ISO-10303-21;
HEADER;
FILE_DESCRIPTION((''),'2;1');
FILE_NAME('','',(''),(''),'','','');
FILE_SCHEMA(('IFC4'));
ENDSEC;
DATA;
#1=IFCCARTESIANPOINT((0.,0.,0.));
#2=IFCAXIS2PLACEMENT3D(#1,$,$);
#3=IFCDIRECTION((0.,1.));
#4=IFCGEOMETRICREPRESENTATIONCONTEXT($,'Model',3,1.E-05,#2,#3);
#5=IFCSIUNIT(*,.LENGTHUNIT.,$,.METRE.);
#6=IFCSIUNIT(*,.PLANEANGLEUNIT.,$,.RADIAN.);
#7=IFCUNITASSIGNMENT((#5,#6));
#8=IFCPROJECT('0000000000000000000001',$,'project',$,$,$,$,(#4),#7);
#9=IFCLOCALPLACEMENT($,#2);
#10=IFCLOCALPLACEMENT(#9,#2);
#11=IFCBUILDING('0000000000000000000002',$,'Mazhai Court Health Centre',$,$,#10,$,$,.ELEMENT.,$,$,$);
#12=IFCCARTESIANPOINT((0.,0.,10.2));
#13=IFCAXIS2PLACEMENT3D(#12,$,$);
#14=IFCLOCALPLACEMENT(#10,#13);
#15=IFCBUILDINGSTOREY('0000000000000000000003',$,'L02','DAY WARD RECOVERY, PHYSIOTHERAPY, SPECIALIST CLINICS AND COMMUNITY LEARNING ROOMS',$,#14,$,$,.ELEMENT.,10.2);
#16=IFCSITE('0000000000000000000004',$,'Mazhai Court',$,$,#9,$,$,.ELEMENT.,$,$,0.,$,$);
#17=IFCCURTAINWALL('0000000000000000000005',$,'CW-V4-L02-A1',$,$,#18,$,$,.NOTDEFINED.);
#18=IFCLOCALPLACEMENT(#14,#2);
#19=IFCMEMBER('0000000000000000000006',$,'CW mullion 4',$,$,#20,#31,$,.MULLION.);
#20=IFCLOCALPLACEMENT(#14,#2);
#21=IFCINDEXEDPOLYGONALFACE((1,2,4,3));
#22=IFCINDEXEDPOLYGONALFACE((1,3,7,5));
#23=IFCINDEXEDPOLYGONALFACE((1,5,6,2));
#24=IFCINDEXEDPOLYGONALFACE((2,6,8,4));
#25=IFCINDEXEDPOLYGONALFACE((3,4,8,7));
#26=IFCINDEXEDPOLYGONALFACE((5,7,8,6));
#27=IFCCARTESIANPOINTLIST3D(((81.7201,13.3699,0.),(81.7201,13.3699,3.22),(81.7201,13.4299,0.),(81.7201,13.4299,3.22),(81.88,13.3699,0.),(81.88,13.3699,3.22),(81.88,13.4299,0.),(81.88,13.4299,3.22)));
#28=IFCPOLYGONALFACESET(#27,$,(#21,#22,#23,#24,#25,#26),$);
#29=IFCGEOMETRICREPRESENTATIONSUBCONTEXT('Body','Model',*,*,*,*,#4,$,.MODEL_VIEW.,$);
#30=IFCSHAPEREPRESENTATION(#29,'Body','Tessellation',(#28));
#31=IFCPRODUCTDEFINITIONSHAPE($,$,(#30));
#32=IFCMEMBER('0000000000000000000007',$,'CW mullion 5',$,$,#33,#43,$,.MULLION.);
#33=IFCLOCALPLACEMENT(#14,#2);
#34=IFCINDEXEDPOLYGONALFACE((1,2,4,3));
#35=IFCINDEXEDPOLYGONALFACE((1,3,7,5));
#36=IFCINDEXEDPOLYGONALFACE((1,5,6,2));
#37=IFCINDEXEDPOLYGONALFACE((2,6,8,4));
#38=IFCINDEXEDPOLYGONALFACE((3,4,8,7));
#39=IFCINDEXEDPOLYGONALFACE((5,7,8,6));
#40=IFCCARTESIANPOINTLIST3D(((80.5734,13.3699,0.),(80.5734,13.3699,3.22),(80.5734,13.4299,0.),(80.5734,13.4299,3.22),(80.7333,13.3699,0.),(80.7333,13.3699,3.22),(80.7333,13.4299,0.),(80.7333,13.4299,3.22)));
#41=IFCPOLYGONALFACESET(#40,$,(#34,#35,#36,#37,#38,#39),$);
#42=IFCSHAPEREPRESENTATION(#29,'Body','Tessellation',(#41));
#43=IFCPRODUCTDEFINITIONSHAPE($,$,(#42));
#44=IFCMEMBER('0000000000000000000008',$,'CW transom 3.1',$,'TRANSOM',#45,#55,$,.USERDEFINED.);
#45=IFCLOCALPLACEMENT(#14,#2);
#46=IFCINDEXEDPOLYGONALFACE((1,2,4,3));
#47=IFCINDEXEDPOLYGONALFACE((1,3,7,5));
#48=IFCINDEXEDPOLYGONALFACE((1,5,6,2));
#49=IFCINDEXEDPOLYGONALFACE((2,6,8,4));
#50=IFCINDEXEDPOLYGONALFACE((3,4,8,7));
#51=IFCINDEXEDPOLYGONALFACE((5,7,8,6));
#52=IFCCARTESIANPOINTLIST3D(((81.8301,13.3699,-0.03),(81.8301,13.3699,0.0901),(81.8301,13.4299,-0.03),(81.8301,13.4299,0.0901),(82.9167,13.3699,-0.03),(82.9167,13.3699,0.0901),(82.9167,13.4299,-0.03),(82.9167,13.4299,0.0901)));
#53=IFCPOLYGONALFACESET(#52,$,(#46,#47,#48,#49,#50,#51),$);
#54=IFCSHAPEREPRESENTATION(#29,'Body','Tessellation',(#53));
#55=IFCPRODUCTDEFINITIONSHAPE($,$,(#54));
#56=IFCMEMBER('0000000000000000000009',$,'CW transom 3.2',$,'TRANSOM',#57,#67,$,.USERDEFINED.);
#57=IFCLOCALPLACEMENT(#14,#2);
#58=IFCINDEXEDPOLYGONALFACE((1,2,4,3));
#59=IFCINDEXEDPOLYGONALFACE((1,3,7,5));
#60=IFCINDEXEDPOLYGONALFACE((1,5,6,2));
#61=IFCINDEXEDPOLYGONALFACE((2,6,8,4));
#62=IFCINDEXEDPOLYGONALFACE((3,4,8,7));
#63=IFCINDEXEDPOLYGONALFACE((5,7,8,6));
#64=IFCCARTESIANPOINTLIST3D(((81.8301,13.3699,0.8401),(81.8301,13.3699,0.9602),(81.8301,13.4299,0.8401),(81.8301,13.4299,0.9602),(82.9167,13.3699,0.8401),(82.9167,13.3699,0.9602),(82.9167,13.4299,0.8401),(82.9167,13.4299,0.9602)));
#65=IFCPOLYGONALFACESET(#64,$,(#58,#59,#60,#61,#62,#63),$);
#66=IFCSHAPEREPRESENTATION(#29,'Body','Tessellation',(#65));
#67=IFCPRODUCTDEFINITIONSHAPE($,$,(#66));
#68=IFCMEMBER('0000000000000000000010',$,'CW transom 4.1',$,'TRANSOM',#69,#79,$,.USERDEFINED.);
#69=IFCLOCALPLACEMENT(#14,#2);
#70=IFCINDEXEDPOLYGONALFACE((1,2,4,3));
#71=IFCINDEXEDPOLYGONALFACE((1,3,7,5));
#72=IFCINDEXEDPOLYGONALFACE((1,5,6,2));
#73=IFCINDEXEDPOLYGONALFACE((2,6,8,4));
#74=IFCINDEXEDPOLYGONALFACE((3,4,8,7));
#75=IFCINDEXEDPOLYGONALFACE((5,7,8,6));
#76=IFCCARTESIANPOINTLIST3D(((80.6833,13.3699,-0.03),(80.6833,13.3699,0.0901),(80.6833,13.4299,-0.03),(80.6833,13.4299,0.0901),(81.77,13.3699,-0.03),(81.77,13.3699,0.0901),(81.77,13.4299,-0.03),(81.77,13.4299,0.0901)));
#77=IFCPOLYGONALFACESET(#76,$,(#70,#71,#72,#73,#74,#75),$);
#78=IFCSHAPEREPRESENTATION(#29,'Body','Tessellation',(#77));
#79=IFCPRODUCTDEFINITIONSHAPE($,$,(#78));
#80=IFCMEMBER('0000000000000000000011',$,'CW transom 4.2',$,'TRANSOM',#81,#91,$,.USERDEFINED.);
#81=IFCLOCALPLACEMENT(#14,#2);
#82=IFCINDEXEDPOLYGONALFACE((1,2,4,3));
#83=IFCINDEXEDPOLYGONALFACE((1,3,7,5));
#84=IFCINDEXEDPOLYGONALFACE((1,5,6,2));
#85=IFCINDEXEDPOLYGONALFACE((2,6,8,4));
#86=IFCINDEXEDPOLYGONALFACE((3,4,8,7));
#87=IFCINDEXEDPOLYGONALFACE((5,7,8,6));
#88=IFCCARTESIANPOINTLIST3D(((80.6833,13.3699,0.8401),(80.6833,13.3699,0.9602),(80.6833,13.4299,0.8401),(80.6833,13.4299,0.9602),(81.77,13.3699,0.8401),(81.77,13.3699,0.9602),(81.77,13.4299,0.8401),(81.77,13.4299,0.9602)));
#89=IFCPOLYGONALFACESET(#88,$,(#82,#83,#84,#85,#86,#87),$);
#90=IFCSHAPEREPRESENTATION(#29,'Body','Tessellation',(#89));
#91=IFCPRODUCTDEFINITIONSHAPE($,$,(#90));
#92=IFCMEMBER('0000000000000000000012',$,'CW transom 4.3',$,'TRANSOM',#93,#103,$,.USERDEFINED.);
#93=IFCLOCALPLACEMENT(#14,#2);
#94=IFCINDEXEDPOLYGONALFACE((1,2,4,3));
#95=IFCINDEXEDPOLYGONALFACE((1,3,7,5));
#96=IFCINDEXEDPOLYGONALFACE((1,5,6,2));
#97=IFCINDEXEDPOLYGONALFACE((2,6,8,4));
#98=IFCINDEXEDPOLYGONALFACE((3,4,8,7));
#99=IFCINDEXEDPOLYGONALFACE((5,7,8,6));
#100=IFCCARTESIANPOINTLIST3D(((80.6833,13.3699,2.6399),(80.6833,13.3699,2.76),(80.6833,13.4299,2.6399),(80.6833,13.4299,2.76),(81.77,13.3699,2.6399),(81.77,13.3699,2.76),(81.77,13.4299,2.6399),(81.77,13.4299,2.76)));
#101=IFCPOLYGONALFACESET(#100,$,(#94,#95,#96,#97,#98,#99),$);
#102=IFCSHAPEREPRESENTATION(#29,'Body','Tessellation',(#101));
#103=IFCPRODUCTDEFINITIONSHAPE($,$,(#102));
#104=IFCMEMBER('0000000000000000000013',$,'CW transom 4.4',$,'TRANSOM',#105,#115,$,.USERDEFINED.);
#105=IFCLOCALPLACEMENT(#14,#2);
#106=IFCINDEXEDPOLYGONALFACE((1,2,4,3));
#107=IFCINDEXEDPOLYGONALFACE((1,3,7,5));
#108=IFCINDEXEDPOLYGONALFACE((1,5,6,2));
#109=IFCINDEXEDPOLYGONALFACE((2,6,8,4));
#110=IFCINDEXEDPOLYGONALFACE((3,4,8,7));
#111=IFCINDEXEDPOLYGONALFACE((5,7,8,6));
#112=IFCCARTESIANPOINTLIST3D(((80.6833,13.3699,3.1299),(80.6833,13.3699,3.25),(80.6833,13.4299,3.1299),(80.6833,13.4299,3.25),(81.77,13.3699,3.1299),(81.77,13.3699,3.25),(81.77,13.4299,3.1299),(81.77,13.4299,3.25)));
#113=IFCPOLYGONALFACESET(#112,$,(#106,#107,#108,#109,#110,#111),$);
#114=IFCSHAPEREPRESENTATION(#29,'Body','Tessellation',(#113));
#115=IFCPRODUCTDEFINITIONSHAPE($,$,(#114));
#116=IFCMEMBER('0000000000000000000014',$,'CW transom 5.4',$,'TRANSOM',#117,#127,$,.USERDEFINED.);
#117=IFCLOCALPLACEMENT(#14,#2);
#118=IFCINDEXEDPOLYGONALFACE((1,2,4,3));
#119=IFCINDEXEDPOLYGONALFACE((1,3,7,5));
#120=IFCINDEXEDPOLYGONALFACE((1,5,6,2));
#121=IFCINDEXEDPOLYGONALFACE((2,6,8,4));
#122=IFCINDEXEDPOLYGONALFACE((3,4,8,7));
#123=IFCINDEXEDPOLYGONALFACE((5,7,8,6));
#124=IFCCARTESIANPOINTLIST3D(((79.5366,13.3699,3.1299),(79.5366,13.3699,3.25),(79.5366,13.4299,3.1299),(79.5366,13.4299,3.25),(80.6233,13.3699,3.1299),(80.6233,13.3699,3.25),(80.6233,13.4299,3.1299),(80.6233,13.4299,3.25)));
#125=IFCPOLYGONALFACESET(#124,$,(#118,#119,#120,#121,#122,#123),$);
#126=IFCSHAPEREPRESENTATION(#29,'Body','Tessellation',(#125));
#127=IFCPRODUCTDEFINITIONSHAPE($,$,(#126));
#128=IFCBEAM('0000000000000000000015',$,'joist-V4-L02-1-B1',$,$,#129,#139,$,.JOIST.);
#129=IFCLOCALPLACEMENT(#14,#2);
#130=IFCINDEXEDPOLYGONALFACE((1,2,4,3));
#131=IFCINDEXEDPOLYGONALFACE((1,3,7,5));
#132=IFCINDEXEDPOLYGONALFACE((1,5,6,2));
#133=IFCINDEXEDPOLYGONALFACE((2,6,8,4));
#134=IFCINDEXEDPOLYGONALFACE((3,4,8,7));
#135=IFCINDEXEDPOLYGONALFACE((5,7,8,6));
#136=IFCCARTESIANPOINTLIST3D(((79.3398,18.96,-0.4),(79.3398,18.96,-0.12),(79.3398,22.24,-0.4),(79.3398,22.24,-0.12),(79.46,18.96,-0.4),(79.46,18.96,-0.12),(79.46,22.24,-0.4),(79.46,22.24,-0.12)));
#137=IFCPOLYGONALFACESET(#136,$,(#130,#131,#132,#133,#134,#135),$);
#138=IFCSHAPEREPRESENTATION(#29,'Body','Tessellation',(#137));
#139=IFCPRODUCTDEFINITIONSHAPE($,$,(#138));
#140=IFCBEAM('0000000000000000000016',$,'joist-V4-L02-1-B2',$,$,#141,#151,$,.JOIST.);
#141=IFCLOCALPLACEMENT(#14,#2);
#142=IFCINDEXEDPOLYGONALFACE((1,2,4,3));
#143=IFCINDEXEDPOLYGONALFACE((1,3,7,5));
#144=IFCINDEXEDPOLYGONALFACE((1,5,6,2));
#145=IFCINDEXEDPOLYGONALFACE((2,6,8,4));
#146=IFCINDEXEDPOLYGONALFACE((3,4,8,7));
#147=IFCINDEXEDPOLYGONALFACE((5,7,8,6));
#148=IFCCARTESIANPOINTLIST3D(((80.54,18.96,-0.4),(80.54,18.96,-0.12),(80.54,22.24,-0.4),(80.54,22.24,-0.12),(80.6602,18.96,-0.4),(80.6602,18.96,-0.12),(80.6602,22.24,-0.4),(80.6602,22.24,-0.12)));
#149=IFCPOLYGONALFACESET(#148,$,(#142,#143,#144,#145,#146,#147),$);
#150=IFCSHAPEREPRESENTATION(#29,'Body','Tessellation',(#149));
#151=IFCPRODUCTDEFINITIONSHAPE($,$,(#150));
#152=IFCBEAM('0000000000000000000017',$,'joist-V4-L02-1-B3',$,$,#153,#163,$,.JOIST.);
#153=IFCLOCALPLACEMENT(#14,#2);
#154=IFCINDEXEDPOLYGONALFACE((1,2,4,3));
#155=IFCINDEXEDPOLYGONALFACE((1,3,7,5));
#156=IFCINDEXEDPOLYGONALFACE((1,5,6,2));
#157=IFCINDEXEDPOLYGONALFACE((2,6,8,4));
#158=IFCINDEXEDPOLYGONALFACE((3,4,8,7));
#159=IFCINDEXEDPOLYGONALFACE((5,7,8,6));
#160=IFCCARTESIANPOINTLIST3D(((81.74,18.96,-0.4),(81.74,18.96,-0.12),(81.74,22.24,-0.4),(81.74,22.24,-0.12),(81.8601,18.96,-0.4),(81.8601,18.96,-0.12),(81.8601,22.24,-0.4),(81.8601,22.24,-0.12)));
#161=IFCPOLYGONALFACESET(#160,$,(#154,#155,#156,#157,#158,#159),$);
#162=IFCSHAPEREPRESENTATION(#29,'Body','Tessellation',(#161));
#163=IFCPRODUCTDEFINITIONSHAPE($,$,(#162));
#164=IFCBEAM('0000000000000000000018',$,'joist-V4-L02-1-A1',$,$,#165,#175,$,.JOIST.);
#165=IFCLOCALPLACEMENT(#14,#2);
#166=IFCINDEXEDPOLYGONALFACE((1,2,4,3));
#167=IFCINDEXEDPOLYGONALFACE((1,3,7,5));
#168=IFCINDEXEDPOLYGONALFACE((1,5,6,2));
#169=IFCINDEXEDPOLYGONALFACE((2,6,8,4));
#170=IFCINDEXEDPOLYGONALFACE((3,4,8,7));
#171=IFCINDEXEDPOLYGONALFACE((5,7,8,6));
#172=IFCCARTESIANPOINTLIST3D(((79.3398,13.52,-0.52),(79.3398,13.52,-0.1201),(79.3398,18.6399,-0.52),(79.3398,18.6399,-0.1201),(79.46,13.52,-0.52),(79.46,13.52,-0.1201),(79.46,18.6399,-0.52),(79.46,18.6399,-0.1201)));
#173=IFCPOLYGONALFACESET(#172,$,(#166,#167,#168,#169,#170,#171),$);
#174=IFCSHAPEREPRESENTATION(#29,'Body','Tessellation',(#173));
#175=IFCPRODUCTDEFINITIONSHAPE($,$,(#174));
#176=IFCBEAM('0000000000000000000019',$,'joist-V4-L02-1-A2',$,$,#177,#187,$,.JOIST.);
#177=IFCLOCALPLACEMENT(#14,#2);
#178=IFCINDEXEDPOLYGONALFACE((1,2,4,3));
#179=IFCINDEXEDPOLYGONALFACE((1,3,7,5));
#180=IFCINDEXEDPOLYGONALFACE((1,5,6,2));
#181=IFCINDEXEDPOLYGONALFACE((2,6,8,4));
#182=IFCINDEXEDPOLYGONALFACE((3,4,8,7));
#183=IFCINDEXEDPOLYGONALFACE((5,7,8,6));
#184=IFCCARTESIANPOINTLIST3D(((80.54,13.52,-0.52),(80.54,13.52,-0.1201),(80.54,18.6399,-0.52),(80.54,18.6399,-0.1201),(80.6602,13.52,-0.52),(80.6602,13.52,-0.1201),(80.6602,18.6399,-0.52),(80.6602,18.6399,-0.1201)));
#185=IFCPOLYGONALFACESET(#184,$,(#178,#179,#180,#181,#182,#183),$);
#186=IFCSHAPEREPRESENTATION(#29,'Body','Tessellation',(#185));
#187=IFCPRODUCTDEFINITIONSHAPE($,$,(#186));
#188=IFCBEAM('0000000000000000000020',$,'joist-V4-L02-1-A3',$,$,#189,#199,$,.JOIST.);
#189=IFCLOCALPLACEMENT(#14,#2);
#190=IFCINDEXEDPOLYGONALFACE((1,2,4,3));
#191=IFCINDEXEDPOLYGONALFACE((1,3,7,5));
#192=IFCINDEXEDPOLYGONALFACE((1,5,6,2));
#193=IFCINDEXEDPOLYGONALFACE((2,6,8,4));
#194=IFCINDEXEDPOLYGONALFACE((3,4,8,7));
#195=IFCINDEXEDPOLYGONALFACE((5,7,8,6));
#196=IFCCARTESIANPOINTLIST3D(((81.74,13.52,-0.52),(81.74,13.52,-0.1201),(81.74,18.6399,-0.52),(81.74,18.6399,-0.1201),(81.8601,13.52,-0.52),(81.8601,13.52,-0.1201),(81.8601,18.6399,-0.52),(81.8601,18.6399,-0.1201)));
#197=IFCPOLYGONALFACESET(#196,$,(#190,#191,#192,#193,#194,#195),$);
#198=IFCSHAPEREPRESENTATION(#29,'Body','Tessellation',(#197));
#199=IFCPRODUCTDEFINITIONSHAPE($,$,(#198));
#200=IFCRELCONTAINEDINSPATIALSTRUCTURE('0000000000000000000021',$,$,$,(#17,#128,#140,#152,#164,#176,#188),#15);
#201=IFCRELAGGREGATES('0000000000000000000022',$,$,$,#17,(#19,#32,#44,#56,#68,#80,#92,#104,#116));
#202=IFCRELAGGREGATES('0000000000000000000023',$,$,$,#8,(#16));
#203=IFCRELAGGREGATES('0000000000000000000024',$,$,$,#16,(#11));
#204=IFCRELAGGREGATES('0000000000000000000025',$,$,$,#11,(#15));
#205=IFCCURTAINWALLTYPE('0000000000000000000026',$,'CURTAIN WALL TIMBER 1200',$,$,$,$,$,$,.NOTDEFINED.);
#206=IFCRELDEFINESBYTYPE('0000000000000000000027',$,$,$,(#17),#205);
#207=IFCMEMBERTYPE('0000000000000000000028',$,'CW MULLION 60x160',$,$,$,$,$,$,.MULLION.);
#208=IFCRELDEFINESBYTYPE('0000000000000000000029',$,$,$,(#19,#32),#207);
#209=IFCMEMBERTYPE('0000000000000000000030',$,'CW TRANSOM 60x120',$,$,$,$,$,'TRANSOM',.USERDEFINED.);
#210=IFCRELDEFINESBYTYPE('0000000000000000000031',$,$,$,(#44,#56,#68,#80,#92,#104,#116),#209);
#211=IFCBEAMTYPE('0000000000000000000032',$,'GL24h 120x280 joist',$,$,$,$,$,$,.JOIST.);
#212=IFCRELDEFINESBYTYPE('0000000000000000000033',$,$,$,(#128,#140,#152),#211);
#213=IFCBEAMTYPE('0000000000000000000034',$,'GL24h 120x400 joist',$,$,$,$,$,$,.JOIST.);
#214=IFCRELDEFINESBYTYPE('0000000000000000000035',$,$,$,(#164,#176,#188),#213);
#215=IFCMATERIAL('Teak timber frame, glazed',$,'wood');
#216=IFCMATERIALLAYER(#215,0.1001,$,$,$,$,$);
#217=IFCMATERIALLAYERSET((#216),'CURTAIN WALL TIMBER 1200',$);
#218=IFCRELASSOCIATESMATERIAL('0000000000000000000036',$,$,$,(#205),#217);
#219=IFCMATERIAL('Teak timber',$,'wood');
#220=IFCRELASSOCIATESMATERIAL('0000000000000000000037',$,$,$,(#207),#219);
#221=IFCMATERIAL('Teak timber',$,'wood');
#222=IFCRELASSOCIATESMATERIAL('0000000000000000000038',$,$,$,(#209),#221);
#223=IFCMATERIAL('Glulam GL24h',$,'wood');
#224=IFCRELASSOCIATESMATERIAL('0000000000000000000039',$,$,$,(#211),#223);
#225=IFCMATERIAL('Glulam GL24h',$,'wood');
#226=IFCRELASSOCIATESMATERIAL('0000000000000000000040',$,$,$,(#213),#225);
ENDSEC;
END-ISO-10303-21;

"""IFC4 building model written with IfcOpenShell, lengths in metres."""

from ifc_helpers import new_model, si_unit, direction, frame, origin, origin_2d, place, context, subcontext, project, spatial, rectangle, extrude, material, layer, layer_set, material_profile, profile_set, type_object, element, aggregate, save


model = new_model("IFC4")

# Units and contexts
model_context = context("Model", 3, precision=1e-05, world=origin(), true_north=direction((0.0, 1.0)))
body_context = subcontext(model_context, "Body", "Model", "MODEL_VIEW")
ifc_project = project(units=[si_unit("LENGTHUNIT", "METRE"), si_unit("PLANEANGLEUNIT", "RADIAN")], contexts=[model_context])

# Site, building, storey
site_placement = place(None, origin())
site = spatial("IfcSite", under=ifc_project, at=site_placement, Name="Mazhai Court", CompositionType="ELEMENT", RefElevation=0.0)
building_placement = place(site_placement, origin())
building = spatial("IfcBuilding", under=site, at=building_placement, Name="Mazhai Court Health Centre", CompositionType="ELEMENT")
storey_placement = place(building_placement, frame((0.0, 0.0, 10.2)))
storey = spatial("IfcBuildingStorey", under=building, at=storey_placement, Name="L02", Description="DAY WARD RECOVERY, PHYSIOTHERAPY, SPECIALIST CLINICS AND COMMUNITY LEARNING ROOMS", CompositionType="ELEMENT", Elevation=10.2)

# Curtain wall, members
ifc_material_1 = material(Name="Teak timber frame, glazed", Category="wood")
ifc_layer_1 = layer(ifc_material_1, 0.1001)
ifc_layer_set_1 = layer_set([ifc_layer_1], Name="CURTAIN WALL TIMBER 1200")
curtain_wall_type = type_object("IfcCurtainWallType", Name="CURTAIN WALL TIMBER 1200", PredefinedType="NOTDEFINED", material=ifc_layer_set_1)
curtain_wall_placement = place(storey_placement, origin())
curtain_wall = element("IfcCurtainWall", 1, at=curtain_wall_placement, inside=storey, type_object=curtain_wall_type, Name="CW-V4-L02-A1", PredefinedType="NOTDEFINED")
ifc_material_2 = material(Name="Teak timber", Category="wood")
ifc_material_profile_1 = material_profile(ifc_material_2, rectangle(XDim=0.0601, YDim=0.1599, at=origin_2d()), Name="CW MULLION 60x160")
ifc_profile_set_1 = profile_set([ifc_material_profile_1], Name="Teak timber")
member_type_1 = type_object("IfcMemberType", Name="CW MULLION 60x160", PredefinedType="MULLION", material=ifc_profile_set_1)
member_1_placement = place(storey_placement, frame((81.8, 13.3999, 0.0), z_axis=(0.0, 0.0, 1.0), x_axis=(0.0, -1.0, 0.0)))
member_1 = element("IfcMember", 2, at=member_1_placement, type_object=member_type_1, Name="CW mullion 4", PredefinedType="MULLION", context=body_context, shape_type="SweptSolid", body=[
    extrude(rectangle(XDim=0.0601, YDim=0.1599, at=origin_2d()), origin(), (0.0, 0.0, 1.0), 3.22),
])
member_2_placement = place(storey_placement, frame((80.6533, 13.3999, 0.0), z_axis=(0.0, 0.0, 1.0), x_axis=(0.0, -1.0, 0.0)))
member_2 = element("IfcMember", 3, at=member_2_placement, type_object=member_type_1, Name="CW mullion 5", PredefinedType="MULLION", context=body_context, shape_type="SweptSolid", body=[
    extrude(rectangle(XDim=0.0601, YDim=0.1599, at=origin_2d()), origin(), (0.0, 0.0, 1.0), 3.22),
])
ifc_material_3 = material(Name="Teak timber", Category="wood")
ifc_material_profile_2 = material_profile(ifc_material_3, rectangle(XDim=0.0601, YDim=0.1201, at=origin_2d()), Name="CW TRANSOM 60x120")
ifc_profile_set_2 = profile_set([ifc_material_profile_2], Name="Teak timber")
member_type_2 = type_object("IfcMemberType", Name="CW TRANSOM 60x120", ElementType="TRANSOM", PredefinedType="USERDEFINED", material=ifc_profile_set_2)
member_3_placement = place(storey_placement, frame((82.9167, 13.3999, 0.03), z_axis=(-1.0, 0.0, 0.0), x_axis=(0.0, -1.0, 0.0)))
member_3 = element("IfcMember", 4, at=member_3_placement, type_object=member_type_2, Name="CW transom 3.1", ObjectType="TRANSOM", PredefinedType="USERDEFINED", context=body_context, shape_type="SweptSolid", body=[
    extrude(rectangle(XDim=0.0601, YDim=0.1201, at=origin_2d()), origin(), (0.0, 0.0, 1.0), 1.0867),
])
member_4_placement = place(storey_placement, frame((82.9167, 13.3999, 0.9001), z_axis=(-1.0, 0.0, 0.0), x_axis=(0.0, -1.0, 0.0)))
member_4 = element("IfcMember", 5, at=member_4_placement, type_object=member_type_2, Name="CW transom 3.2", ObjectType="TRANSOM", PredefinedType="USERDEFINED", context=body_context, shape_type="SweptSolid", body=[
    extrude(rectangle(XDim=0.0601, YDim=0.1201, at=origin_2d()), origin(), (0.0, 0.0, 1.0), 1.0867),
])
member_5_placement = place(storey_placement, frame((81.77, 13.3999, 0.03), z_axis=(-1.0, 0.0, 0.0), x_axis=(0.0, -1.0, 0.0)))
member_5 = element("IfcMember", 6, at=member_5_placement, type_object=member_type_2, Name="CW transom 4.1", ObjectType="TRANSOM", PredefinedType="USERDEFINED", context=body_context, shape_type="SweptSolid", body=[
    extrude(rectangle(XDim=0.0601, YDim=0.1201, at=origin_2d()), origin(), (0.0, 0.0, 1.0), 1.0867),
])
member_6_placement = place(storey_placement, frame((81.77, 13.3999, 0.9001), z_axis=(-1.0, 0.0, 0.0), x_axis=(0.0, -1.0, 0.0)))
member_6 = element("IfcMember", 7, at=member_6_placement, type_object=member_type_2, Name="CW transom 4.2", ObjectType="TRANSOM", PredefinedType="USERDEFINED", context=body_context, shape_type="SweptSolid", body=[
    extrude(rectangle(XDim=0.0601, YDim=0.1201, at=origin_2d()), origin(), (0.0, 0.0, 1.0), 1.0867),
])
member_7_placement = place(storey_placement, frame((81.77, 13.3999, 2.7), z_axis=(-1.0, 0.0, 0.0), x_axis=(0.0, -1.0, 0.0)))
member_7 = element("IfcMember", 8, at=member_7_placement, type_object=member_type_2, Name="CW transom 4.3", ObjectType="TRANSOM", PredefinedType="USERDEFINED", context=body_context, shape_type="SweptSolid", body=[
    extrude(rectangle(XDim=0.0601, YDim=0.1201, at=origin_2d()), origin(), (0.0, 0.0, 1.0), 1.0867),
])
member_8_placement = place(storey_placement, frame((81.77, 13.3999, 3.1899), z_axis=(-1.0, 0.0, 0.0), x_axis=(0.0, -1.0, 0.0)))
member_8 = element("IfcMember", 9, at=member_8_placement, type_object=member_type_2, Name="CW transom 4.4", ObjectType="TRANSOM", PredefinedType="USERDEFINED", context=body_context, shape_type="SweptSolid", body=[
    extrude(rectangle(XDim=0.0601, YDim=0.1201, at=origin_2d()), origin(), (0.0, 0.0, 1.0), 1.0867),
])
member_9_placement = place(storey_placement, frame((80.6233, 13.3999, 3.1899), z_axis=(-1.0, 0.0, 0.0), x_axis=(0.0, -1.0, 0.0)))
member_9 = element("IfcMember", 10, at=member_9_placement, type_object=member_type_2, Name="CW transom 5.4", ObjectType="TRANSOM", PredefinedType="USERDEFINED", context=body_context, shape_type="SweptSolid", body=[
    extrude(rectangle(XDim=0.0601, YDim=0.1201, at=origin_2d()), origin(), (0.0, 0.0, 1.0), 1.0867),
])

# Beams
ifc_material_4 = material(Name="Glulam GL24h", Category="wood")
ifc_material_profile_3 = material_profile(ifc_material_4, rectangle(XDim=0.1201, YDim=0.28, at=origin_2d()), Name="GL24h 120x280")
ifc_profile_set_3 = profile_set([ifc_material_profile_3], Name="Glulam GL24h")
beam_type_1 = type_object("IfcBeamType", Name="GL24h 120x280 joist", PredefinedType="JOIST", material=ifc_profile_set_3)
for number, where, z_axis, x_axis, name in (
    (11, (79.3999, 18.96, -0.26), (0.0, 1.0, 0.0), (-1.0, 0.0, 0.0), "joist-V4-L02-1-B1"),
    (12, (80.6001, 18.96, -0.26), (0.0, 1.0, 0.0), (-1.0, 0.0, 0.0), "joist-V4-L02-1-B2"),
    (13, (81.8, 18.96, -0.26), (0.0, 1.0, 0.0), (-1.0, 0.0, 0.0), "joist-V4-L02-1-B3"),
):
    element("IfcBeam", number, at=place(storey_placement, frame(where, z_axis=z_axis, x_axis=x_axis)), inside=storey, type_object=beam_type_1, Name=name, PredefinedType="JOIST", context=body_context, shape_type="SweptSolid", body=[
        extrude(rectangle(XDim=0.1201, YDim=0.28, at=origin_2d()), origin(), (0.0, 0.0, 1.0), 3.28),
    ])
ifc_material_5 = material(Name="Glulam GL24h", Category="wood")
ifc_material_profile_4 = material_profile(ifc_material_5, rectangle(XDim=0.1201, YDim=0.3999, at=origin_2d()), Name="GL24h 120x400")
ifc_profile_set_4 = profile_set([ifc_material_profile_4], Name="Glulam GL24h")
beam_type_2 = type_object("IfcBeamType", Name="GL24h 120x400 joist", PredefinedType="JOIST", material=ifc_profile_set_4)
for number, where, z_axis, x_axis, name in (
    (14, (79.3999, 13.52, -0.3201), (0.0, 1.0, 0.0), (-1.0, 0.0, 0.0), "joist-V4-L02-1-A1"),
    (15, (80.6001, 13.52, -0.3201), (0.0, 1.0, 0.0), (-1.0, 0.0, 0.0), "joist-V4-L02-1-A2"),
    (16, (81.8, 13.52, -0.3201), (0.0, 1.0, 0.0), (-1.0, 0.0, 0.0), "joist-V4-L02-1-A3"),
):
    element("IfcBeam", number, at=place(storey_placement, frame(where, z_axis=z_axis, x_axis=x_axis)), inside=storey, type_object=beam_type_2, Name=name, PredefinedType="JOIST", context=body_context, shape_type="SweptSolid", body=[
        extrude(rectangle(XDim=0.1201, YDim=0.3999, at=origin_2d()), origin(), (0.0, 0.0, 1.0), 5.1199),
    ])

aggregate(curtain_wall, [member_1, member_2, member_3, member_4, member_5, member_6, member_7, member_8, member_9])

save(model, "model.ifc")
